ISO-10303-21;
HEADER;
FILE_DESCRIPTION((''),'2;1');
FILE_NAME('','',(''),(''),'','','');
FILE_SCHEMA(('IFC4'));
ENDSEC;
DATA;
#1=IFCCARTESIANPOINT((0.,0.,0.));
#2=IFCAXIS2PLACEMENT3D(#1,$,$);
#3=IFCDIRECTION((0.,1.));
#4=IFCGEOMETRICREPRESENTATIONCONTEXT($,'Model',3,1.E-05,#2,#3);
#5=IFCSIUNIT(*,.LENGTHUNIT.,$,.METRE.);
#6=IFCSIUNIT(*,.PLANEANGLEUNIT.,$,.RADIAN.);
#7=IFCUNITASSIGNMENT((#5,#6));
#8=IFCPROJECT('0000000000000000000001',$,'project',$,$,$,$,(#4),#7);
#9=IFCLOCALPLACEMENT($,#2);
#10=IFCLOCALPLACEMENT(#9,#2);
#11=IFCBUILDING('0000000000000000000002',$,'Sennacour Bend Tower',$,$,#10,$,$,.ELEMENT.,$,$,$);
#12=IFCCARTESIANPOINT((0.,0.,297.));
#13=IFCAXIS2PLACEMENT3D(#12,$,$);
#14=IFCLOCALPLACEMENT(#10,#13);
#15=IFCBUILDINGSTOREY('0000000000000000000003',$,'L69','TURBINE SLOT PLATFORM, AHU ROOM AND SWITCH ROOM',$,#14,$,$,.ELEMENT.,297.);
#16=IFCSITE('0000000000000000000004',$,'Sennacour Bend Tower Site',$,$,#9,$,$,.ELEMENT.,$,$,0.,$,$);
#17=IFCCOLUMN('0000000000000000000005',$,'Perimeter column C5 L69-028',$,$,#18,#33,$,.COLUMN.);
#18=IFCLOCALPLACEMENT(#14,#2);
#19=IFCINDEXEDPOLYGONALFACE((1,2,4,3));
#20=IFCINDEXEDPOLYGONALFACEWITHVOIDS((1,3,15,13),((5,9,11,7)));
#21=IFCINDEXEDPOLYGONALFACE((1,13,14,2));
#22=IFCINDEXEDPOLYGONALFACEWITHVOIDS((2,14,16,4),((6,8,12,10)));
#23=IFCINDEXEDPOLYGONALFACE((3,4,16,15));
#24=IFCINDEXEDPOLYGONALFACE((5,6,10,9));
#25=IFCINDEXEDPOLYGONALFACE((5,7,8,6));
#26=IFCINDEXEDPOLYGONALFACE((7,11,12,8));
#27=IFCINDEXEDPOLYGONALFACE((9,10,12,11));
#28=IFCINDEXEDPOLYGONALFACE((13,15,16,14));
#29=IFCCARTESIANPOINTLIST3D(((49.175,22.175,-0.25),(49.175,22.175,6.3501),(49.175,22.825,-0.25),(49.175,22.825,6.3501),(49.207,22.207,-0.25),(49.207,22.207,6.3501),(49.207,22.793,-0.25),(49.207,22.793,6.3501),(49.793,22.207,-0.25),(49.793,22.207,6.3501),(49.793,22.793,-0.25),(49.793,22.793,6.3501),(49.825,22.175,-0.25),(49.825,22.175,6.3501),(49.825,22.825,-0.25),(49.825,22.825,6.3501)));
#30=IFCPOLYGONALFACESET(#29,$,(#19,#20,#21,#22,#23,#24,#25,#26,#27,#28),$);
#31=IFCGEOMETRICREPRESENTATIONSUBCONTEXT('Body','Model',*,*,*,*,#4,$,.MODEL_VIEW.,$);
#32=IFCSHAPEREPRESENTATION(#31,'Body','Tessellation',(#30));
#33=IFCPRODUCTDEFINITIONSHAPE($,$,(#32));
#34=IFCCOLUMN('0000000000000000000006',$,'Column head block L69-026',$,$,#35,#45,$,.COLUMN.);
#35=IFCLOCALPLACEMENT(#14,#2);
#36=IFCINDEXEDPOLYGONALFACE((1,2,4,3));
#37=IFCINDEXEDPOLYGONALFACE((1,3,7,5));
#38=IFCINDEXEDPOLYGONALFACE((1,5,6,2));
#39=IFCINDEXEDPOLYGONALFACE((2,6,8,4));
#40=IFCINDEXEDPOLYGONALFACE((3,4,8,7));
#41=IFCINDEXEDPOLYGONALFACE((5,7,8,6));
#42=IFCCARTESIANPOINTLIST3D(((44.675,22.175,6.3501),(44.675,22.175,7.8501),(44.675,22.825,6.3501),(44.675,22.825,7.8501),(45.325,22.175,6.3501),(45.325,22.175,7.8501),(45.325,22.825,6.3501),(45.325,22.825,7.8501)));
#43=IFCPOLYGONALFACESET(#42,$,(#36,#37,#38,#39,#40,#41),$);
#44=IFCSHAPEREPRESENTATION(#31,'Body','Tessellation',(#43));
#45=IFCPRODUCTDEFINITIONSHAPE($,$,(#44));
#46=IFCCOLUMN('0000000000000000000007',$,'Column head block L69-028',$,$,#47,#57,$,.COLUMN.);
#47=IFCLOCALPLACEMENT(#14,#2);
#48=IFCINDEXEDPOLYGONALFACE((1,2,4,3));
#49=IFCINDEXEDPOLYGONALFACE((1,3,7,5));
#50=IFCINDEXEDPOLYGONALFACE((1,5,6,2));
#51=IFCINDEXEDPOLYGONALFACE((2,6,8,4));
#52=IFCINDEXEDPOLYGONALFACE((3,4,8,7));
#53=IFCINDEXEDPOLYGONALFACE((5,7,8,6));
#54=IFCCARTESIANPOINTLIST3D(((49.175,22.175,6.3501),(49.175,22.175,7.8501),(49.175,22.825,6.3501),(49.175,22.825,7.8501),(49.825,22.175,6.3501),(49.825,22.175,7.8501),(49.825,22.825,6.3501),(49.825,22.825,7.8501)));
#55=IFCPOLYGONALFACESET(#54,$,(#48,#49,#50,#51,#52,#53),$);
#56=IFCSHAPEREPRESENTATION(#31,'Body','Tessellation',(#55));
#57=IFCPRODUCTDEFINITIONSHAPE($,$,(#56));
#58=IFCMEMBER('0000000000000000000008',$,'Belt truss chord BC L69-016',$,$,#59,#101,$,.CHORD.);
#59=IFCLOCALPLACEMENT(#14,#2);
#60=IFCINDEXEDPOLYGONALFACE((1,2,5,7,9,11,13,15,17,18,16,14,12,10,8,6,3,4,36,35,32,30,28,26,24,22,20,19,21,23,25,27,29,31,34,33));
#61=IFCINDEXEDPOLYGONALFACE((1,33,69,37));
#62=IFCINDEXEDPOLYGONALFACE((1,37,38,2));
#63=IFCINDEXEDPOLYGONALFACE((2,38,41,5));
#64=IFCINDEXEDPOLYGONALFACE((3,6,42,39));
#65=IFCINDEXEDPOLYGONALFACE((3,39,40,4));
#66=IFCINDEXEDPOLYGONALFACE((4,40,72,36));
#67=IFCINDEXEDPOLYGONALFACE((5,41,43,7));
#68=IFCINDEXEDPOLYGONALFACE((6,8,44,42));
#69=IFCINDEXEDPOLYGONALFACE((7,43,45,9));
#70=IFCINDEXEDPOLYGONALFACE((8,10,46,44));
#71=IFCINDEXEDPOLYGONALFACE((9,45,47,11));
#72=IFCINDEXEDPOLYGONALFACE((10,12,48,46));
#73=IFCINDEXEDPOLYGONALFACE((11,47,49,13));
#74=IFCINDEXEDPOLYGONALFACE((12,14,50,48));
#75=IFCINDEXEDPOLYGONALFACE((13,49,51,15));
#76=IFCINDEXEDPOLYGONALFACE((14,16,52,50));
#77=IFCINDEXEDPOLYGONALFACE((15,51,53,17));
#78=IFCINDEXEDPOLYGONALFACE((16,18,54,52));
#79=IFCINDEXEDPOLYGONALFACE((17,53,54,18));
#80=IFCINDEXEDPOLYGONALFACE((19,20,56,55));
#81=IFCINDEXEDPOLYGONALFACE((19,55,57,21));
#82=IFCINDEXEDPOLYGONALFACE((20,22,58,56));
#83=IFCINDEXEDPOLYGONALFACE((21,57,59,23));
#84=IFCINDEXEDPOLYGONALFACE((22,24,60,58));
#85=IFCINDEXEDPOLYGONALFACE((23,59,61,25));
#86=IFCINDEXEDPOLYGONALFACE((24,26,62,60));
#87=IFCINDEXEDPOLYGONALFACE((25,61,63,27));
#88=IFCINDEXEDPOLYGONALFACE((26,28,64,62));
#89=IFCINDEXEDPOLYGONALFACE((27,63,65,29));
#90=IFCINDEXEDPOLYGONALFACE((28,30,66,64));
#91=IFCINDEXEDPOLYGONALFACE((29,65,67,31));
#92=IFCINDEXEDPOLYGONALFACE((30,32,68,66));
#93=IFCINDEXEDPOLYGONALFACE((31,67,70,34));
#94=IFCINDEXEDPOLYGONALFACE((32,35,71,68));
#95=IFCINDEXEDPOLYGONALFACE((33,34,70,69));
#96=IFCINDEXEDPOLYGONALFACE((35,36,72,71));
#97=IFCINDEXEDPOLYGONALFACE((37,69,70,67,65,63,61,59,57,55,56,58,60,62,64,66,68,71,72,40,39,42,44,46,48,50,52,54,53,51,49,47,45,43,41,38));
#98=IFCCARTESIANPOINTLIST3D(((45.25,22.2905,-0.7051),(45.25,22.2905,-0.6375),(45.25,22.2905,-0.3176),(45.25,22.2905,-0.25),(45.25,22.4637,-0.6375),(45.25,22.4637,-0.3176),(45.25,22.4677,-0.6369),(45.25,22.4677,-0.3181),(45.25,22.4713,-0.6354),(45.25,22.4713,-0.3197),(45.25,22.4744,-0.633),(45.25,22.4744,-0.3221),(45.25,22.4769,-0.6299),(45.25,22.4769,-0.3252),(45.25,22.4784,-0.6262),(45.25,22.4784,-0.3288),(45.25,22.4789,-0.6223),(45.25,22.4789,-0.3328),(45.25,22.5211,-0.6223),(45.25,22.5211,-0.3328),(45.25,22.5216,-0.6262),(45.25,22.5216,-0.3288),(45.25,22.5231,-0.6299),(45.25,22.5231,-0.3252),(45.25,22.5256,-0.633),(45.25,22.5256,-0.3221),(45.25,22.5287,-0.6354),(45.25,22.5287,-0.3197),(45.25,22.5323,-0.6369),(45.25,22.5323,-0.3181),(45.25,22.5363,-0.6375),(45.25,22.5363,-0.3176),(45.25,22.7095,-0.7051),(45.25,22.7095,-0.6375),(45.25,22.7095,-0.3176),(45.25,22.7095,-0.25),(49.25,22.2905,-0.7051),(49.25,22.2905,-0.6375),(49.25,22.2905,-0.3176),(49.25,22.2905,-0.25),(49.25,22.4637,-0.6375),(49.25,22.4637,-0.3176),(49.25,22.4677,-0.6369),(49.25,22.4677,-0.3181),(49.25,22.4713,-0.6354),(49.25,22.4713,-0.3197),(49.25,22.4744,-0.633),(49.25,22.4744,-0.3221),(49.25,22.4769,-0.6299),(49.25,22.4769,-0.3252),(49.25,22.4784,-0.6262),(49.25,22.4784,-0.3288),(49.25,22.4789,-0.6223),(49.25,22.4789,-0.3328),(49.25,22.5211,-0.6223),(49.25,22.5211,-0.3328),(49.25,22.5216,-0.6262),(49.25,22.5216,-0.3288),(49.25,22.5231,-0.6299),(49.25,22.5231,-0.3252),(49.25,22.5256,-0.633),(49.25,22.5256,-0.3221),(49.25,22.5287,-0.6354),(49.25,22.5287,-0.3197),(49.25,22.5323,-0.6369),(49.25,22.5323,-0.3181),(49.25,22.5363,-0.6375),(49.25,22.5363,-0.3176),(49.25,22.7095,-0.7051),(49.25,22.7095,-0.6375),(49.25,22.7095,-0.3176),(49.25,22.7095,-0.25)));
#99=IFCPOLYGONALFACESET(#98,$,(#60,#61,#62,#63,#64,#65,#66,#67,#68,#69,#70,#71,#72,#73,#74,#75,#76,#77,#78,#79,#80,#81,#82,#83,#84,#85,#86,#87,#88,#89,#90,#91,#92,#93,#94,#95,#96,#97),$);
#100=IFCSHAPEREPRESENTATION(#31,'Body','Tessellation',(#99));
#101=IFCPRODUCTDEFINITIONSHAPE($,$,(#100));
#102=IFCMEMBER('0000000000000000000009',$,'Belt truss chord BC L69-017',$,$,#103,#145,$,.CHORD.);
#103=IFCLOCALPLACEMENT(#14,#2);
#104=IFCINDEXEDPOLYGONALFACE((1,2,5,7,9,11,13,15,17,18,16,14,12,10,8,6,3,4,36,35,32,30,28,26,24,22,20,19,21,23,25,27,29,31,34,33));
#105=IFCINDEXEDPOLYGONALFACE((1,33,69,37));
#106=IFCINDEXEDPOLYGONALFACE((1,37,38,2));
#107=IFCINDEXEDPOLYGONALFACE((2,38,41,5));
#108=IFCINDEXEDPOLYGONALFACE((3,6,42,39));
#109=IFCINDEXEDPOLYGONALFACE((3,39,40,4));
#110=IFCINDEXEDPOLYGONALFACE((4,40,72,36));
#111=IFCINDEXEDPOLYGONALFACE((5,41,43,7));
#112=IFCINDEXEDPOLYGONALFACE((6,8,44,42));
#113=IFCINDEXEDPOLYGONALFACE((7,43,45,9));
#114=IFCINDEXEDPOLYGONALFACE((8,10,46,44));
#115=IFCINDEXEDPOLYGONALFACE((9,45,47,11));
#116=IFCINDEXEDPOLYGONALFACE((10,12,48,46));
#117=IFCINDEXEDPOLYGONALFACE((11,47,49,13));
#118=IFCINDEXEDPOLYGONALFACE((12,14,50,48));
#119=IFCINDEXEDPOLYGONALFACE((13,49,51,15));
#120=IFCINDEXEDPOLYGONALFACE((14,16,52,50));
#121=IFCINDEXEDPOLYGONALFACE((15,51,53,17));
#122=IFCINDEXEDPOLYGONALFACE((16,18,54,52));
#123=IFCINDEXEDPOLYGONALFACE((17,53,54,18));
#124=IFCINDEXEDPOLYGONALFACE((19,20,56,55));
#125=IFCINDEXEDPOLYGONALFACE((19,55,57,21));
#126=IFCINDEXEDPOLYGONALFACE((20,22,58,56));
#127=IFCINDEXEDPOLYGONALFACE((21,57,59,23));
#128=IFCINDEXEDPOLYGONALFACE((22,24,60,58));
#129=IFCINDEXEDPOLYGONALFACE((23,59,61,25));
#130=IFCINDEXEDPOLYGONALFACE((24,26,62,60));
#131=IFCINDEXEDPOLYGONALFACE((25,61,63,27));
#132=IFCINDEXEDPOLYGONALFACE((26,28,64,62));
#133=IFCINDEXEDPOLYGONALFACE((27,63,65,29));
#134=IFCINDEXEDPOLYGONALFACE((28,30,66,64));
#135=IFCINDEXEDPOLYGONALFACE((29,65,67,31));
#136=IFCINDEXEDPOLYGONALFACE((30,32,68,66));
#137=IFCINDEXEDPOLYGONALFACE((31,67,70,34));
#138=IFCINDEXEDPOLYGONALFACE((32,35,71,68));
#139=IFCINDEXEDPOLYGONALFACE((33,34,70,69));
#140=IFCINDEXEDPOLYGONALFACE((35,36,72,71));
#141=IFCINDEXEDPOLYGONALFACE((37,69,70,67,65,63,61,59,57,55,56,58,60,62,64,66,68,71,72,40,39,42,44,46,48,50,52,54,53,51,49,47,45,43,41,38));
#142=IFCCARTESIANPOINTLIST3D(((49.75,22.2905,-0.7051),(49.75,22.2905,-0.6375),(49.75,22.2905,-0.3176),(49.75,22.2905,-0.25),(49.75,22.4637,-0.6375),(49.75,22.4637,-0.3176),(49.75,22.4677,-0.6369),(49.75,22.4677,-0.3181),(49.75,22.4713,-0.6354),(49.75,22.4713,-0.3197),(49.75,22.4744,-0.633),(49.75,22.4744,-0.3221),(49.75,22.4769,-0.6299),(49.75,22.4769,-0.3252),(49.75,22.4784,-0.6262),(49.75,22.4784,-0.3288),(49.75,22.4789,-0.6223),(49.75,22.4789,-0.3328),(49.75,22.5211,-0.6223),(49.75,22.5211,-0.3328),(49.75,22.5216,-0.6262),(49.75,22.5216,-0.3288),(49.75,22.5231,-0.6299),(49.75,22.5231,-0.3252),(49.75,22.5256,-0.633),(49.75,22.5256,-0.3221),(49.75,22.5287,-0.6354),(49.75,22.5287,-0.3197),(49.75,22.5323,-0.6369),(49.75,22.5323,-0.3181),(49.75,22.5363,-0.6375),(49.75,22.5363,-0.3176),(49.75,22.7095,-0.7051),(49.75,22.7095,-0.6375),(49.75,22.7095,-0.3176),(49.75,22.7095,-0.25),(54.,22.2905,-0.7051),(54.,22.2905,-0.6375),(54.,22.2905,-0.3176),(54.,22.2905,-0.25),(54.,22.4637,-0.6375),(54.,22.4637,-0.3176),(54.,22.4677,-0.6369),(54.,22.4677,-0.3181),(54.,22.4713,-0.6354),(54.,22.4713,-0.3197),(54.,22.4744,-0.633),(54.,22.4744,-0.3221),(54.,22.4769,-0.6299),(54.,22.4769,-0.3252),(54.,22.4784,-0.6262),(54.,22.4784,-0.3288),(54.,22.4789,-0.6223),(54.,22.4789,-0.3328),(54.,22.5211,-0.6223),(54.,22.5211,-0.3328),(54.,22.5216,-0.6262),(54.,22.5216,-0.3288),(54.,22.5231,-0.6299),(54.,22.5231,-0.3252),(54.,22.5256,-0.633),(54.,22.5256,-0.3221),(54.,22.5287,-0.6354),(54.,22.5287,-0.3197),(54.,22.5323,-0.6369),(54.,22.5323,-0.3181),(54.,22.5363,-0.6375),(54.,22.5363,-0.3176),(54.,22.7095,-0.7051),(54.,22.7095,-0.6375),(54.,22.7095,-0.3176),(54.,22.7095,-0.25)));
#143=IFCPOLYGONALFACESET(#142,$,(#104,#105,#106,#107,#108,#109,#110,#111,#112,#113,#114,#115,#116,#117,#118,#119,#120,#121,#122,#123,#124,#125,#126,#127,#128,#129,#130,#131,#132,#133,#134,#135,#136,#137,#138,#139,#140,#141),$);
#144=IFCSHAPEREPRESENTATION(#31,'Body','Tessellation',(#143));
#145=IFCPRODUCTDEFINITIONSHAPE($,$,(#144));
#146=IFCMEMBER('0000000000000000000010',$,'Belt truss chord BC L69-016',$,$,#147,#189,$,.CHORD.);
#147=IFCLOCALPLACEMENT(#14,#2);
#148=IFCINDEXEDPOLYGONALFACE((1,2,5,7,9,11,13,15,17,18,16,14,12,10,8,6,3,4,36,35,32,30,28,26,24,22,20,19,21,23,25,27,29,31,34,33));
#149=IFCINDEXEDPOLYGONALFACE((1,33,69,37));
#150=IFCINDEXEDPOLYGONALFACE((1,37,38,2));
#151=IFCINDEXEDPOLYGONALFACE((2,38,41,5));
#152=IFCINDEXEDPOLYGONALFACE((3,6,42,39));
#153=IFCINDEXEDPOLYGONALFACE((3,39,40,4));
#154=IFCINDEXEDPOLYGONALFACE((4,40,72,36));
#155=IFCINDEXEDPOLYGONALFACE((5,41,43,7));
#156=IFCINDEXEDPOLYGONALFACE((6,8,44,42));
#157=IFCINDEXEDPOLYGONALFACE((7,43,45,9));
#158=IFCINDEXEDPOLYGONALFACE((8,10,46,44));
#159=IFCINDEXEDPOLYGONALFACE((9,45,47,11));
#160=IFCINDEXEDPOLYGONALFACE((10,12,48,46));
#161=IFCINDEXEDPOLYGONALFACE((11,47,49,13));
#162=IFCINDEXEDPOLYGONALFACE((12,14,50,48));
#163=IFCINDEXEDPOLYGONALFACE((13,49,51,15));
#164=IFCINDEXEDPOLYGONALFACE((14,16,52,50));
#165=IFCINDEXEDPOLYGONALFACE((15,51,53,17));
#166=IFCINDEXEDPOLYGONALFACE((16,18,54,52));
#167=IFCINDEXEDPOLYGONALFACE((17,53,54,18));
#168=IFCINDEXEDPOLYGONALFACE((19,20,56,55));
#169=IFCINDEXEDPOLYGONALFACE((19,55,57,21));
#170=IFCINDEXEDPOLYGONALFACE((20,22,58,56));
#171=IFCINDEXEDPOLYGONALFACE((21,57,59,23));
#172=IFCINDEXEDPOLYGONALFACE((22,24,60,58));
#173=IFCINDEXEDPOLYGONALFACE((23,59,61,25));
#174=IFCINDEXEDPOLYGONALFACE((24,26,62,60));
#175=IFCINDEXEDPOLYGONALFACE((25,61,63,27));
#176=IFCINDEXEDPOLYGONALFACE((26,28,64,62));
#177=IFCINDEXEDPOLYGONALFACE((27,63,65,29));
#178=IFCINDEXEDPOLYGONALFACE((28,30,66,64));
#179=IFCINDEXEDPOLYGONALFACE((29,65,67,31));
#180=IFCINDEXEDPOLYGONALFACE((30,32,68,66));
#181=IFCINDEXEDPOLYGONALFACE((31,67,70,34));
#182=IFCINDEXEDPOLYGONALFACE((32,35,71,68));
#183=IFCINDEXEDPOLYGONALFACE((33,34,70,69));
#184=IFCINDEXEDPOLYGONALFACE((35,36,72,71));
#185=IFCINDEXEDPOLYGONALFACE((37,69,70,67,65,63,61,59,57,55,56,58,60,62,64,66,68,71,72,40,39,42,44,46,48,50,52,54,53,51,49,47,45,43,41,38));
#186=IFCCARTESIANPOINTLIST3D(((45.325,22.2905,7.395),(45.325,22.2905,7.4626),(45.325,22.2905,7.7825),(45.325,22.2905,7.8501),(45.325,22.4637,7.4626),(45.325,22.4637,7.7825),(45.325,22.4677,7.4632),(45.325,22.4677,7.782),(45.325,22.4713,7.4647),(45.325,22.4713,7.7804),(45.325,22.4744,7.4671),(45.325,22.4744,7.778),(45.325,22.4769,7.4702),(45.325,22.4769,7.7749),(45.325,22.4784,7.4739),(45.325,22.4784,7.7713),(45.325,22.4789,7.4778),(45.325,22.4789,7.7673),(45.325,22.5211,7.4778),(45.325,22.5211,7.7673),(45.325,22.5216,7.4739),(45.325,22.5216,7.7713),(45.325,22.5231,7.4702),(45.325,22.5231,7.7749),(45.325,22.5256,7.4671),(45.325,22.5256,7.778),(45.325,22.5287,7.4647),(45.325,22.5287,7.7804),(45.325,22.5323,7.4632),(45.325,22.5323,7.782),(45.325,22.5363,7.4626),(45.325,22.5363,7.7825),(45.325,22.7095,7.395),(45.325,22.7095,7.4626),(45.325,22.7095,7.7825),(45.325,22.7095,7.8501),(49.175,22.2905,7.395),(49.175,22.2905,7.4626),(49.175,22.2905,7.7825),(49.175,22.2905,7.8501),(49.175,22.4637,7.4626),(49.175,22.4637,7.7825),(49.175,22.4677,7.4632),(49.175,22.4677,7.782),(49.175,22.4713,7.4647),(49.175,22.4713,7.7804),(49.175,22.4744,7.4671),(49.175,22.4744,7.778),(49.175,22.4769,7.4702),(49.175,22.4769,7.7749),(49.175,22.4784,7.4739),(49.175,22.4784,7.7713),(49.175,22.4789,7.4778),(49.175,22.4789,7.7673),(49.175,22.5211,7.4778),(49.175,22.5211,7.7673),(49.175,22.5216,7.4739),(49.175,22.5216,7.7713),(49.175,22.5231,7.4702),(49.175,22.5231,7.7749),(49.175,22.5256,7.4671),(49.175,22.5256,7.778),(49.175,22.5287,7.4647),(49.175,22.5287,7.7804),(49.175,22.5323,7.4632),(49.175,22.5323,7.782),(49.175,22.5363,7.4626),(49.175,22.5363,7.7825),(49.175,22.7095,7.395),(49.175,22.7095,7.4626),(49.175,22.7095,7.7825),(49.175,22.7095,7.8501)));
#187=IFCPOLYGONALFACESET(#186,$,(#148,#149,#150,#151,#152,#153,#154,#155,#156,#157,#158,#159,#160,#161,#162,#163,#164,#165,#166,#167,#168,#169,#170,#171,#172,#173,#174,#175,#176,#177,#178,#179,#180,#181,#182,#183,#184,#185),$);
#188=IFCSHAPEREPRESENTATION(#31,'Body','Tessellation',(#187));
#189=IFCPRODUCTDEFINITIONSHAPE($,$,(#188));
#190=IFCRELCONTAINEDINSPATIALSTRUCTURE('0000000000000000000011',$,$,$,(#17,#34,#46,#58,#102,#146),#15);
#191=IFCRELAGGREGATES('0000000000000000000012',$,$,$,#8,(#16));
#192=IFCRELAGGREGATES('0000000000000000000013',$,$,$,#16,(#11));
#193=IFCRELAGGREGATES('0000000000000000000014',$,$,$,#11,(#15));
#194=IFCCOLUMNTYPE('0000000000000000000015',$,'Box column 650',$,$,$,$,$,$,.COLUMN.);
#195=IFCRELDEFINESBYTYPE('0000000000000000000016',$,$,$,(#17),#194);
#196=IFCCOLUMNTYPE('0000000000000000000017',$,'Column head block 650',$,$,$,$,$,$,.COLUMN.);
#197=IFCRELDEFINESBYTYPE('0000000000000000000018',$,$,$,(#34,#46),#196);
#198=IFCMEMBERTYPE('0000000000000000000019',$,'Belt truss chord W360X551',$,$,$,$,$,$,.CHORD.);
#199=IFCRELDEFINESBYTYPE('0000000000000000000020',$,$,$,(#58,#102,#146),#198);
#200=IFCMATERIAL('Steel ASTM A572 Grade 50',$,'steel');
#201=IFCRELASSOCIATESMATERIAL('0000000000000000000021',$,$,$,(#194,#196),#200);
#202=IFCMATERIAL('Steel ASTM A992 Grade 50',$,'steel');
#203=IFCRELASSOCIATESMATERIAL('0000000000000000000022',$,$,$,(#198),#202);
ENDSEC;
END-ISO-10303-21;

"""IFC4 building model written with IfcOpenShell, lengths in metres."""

from ifc_helpers import new_model, si_unit, direction, frame, origin, origin_2d, place, context, subcontext, project, spatial, rectangle, hollow_rectangle, i_section, extrude, material, material_profile, profile_set, type_object, element, save


model = new_model("IFC4")

# Units and contexts
model_context = context("Model", 3, precision=1e-05, world=origin(), true_north=direction((0.0, 1.0)))
body_context = subcontext(model_context, "Body", "Model", "MODEL_VIEW")
ifc_project = project(units=[si_unit("LENGTHUNIT", "METRE"), si_unit("PLANEANGLEUNIT", "RADIAN")], contexts=[model_context])

# Site, building, storey
site_placement = place(None, origin())
site = spatial("IfcSite", under=ifc_project, at=site_placement, Name="Sennacour Bend Tower Site", CompositionType="ELEMENT", RefElevation=0.0)
building_placement = place(site_placement, origin())
building = spatial("IfcBuilding", under=site, at=building_placement, Name="Sennacour Bend Tower", CompositionType="ELEMENT")
storey_placement = place(building_placement, frame((0.0, 0.0, 297.0)))
storey = spatial("IfcBuildingStorey", under=building, at=storey_placement, Name="L69", Description="TURBINE SLOT PLATFORM, AHU ROOM AND SWITCH ROOM", CompositionType="ELEMENT", Elevation=297.0)

# Columns
ifc_material_1 = material(Name="Steel ASTM A572 Grade 50", Category="steel")
ifc_material_profile_1 = material_profile(ifc_material_1, hollow_rectangle(XDim=0.6499, YDim=0.6499, WallThickness=0.032, at=origin_2d()), Name="Steel ASTM A572 Grade 50", Category="steel")
ifc_profile_set_1 = profile_set([ifc_material_profile_1], Name="Steel ASTM A572 Grade 50")
column_type_1 = type_object("IfcColumnType", Name="Box column 650", PredefinedType="COLUMN", material=ifc_profile_set_1)
column_placement = place(storey_placement, frame((49.5, 22.5, -0.25), z_axis=(0.0, 0.0, 1.0), x_axis=(1.0, 0.0, 0.0)))
element("IfcColumn", 1, at=column_placement, inside=storey, type_object=column_type_1, Name="Perimeter column C5 L69-028", PredefinedType="COLUMN", context=body_context, shape_type="SweptSolid", body=[
    extrude(hollow_rectangle(XDim=0.6499, YDim=0.6499, WallThickness=0.032, at=origin_2d()), origin(), (0.0, 0.0, 1.0), 6.6001),
])
ifc_material_profile_2 = material_profile(ifc_material_1, rectangle(XDim=0.6499, YDim=0.6499, at=origin_2d()), Name="Steel ASTM A572 Grade 50", Category="steel")
ifc_profile_set_2 = profile_set([ifc_material_profile_2], Name="Steel ASTM A572 Grade 50")
column_type_2 = type_object("IfcColumnType", Name="Column head block 650", PredefinedType="COLUMN", material=ifc_profile_set_2)
for number, where, z_axis, x_axis, name in (
    (2, (45.0, 22.5, 6.3501), (0.0, 0.0, 1.0), (1.0, 0.0, 0.0), "Column head block L69-026"),
    (3, (49.5, 22.5, 6.3501), (0.0, 0.0, 1.0), (1.0, 0.0, 0.0), "Column head block L69-028"),
):
    element("IfcColumn", number, at=place(storey_placement, frame(where, z_axis=z_axis, x_axis=x_axis)), inside=storey, type_object=column_type_2, Name=name, PredefinedType="COLUMN", context=body_context, shape_type="SweptSolid", body=[
        extrude(rectangle(XDim=0.6499, YDim=0.6499, at=origin_2d()), origin(), (0.0, 0.0, 1.0), 1.5),
    ])

# Members
ifc_material_2 = material(Name="Steel ASTM A992 Grade 50", Category="steel")
ifc_material_profile_3 = material_profile(ifc_material_2, i_section(OverallWidth=0.4189, OverallDepth=0.4551, WebThickness=0.0422, FlangeThickness=0.0676, FilletRadius=0.0151, at=origin_2d()), Name="Steel ASTM A992 Grade 50", Category="steel")
ifc_profile_set_3 = profile_set([ifc_material_profile_3], Name="Steel ASTM A992 Grade 50")
member_type_1 = type_object("IfcMemberType", Name="Belt truss chord W360X551", PredefinedType="CHORD", material=ifc_profile_set_3)
member_1_placement = place(storey_placement, frame((45.25, 22.5, -0.4775), z_axis=(1.0, 0.0, 0.0), x_axis=(0.0, 1.0, 0.0)))
element("IfcMember", 4, at=member_1_placement, inside=storey, type_object=member_type_1, Name="Belt truss chord BC L69-016", PredefinedType="CHORD", context=body_context, shape_type="SweptSolid", body=[
    extrude(i_section(OverallWidth=0.4189, OverallDepth=0.4551, WebThickness=0.0422, FlangeThickness=0.0676, FilletRadius=0.0151, at=origin_2d()), origin(), (0.0, 0.0, 1.0), 4.0),
])
member_2_placement = place(storey_placement, frame((49.75, 22.5, -0.4775), z_axis=(1.0, 0.0, 0.0), x_axis=(0.0, 1.0, 0.0)))
element("IfcMember", 5, at=member_2_placement, inside=storey, type_object=member_type_1, Name="Belt truss chord BC L69-017", PredefinedType="CHORD", context=body_context, shape_type="SweptSolid", body=[
    extrude(i_section(OverallWidth=0.4189, OverallDepth=0.4551, WebThickness=0.0422, FlangeThickness=0.0676, FilletRadius=0.0151, at=origin_2d()), origin(), (0.0, 0.0, 1.0), 4.25),
])
member_3_placement = place(storey_placement, frame((45.325, 22.5, 7.6226), z_axis=(1.0, 0.0, 0.0), x_axis=(0.0, 1.0, 0.0)))
element("IfcMember", 6, at=member_3_placement, inside=storey, type_object=member_type_1, Name="Belt truss chord BC L69-016", PredefinedType="CHORD", context=body_context, shape_type="SweptSolid", body=[
    extrude(i_section(OverallWidth=0.4189, OverallDepth=0.4551, WebThickness=0.0422, FlangeThickness=0.0676, FilletRadius=0.0151, at=origin_2d()), origin(), (0.0, 0.0, 1.0), 3.8501),
])

save(model, "model.ifc")
